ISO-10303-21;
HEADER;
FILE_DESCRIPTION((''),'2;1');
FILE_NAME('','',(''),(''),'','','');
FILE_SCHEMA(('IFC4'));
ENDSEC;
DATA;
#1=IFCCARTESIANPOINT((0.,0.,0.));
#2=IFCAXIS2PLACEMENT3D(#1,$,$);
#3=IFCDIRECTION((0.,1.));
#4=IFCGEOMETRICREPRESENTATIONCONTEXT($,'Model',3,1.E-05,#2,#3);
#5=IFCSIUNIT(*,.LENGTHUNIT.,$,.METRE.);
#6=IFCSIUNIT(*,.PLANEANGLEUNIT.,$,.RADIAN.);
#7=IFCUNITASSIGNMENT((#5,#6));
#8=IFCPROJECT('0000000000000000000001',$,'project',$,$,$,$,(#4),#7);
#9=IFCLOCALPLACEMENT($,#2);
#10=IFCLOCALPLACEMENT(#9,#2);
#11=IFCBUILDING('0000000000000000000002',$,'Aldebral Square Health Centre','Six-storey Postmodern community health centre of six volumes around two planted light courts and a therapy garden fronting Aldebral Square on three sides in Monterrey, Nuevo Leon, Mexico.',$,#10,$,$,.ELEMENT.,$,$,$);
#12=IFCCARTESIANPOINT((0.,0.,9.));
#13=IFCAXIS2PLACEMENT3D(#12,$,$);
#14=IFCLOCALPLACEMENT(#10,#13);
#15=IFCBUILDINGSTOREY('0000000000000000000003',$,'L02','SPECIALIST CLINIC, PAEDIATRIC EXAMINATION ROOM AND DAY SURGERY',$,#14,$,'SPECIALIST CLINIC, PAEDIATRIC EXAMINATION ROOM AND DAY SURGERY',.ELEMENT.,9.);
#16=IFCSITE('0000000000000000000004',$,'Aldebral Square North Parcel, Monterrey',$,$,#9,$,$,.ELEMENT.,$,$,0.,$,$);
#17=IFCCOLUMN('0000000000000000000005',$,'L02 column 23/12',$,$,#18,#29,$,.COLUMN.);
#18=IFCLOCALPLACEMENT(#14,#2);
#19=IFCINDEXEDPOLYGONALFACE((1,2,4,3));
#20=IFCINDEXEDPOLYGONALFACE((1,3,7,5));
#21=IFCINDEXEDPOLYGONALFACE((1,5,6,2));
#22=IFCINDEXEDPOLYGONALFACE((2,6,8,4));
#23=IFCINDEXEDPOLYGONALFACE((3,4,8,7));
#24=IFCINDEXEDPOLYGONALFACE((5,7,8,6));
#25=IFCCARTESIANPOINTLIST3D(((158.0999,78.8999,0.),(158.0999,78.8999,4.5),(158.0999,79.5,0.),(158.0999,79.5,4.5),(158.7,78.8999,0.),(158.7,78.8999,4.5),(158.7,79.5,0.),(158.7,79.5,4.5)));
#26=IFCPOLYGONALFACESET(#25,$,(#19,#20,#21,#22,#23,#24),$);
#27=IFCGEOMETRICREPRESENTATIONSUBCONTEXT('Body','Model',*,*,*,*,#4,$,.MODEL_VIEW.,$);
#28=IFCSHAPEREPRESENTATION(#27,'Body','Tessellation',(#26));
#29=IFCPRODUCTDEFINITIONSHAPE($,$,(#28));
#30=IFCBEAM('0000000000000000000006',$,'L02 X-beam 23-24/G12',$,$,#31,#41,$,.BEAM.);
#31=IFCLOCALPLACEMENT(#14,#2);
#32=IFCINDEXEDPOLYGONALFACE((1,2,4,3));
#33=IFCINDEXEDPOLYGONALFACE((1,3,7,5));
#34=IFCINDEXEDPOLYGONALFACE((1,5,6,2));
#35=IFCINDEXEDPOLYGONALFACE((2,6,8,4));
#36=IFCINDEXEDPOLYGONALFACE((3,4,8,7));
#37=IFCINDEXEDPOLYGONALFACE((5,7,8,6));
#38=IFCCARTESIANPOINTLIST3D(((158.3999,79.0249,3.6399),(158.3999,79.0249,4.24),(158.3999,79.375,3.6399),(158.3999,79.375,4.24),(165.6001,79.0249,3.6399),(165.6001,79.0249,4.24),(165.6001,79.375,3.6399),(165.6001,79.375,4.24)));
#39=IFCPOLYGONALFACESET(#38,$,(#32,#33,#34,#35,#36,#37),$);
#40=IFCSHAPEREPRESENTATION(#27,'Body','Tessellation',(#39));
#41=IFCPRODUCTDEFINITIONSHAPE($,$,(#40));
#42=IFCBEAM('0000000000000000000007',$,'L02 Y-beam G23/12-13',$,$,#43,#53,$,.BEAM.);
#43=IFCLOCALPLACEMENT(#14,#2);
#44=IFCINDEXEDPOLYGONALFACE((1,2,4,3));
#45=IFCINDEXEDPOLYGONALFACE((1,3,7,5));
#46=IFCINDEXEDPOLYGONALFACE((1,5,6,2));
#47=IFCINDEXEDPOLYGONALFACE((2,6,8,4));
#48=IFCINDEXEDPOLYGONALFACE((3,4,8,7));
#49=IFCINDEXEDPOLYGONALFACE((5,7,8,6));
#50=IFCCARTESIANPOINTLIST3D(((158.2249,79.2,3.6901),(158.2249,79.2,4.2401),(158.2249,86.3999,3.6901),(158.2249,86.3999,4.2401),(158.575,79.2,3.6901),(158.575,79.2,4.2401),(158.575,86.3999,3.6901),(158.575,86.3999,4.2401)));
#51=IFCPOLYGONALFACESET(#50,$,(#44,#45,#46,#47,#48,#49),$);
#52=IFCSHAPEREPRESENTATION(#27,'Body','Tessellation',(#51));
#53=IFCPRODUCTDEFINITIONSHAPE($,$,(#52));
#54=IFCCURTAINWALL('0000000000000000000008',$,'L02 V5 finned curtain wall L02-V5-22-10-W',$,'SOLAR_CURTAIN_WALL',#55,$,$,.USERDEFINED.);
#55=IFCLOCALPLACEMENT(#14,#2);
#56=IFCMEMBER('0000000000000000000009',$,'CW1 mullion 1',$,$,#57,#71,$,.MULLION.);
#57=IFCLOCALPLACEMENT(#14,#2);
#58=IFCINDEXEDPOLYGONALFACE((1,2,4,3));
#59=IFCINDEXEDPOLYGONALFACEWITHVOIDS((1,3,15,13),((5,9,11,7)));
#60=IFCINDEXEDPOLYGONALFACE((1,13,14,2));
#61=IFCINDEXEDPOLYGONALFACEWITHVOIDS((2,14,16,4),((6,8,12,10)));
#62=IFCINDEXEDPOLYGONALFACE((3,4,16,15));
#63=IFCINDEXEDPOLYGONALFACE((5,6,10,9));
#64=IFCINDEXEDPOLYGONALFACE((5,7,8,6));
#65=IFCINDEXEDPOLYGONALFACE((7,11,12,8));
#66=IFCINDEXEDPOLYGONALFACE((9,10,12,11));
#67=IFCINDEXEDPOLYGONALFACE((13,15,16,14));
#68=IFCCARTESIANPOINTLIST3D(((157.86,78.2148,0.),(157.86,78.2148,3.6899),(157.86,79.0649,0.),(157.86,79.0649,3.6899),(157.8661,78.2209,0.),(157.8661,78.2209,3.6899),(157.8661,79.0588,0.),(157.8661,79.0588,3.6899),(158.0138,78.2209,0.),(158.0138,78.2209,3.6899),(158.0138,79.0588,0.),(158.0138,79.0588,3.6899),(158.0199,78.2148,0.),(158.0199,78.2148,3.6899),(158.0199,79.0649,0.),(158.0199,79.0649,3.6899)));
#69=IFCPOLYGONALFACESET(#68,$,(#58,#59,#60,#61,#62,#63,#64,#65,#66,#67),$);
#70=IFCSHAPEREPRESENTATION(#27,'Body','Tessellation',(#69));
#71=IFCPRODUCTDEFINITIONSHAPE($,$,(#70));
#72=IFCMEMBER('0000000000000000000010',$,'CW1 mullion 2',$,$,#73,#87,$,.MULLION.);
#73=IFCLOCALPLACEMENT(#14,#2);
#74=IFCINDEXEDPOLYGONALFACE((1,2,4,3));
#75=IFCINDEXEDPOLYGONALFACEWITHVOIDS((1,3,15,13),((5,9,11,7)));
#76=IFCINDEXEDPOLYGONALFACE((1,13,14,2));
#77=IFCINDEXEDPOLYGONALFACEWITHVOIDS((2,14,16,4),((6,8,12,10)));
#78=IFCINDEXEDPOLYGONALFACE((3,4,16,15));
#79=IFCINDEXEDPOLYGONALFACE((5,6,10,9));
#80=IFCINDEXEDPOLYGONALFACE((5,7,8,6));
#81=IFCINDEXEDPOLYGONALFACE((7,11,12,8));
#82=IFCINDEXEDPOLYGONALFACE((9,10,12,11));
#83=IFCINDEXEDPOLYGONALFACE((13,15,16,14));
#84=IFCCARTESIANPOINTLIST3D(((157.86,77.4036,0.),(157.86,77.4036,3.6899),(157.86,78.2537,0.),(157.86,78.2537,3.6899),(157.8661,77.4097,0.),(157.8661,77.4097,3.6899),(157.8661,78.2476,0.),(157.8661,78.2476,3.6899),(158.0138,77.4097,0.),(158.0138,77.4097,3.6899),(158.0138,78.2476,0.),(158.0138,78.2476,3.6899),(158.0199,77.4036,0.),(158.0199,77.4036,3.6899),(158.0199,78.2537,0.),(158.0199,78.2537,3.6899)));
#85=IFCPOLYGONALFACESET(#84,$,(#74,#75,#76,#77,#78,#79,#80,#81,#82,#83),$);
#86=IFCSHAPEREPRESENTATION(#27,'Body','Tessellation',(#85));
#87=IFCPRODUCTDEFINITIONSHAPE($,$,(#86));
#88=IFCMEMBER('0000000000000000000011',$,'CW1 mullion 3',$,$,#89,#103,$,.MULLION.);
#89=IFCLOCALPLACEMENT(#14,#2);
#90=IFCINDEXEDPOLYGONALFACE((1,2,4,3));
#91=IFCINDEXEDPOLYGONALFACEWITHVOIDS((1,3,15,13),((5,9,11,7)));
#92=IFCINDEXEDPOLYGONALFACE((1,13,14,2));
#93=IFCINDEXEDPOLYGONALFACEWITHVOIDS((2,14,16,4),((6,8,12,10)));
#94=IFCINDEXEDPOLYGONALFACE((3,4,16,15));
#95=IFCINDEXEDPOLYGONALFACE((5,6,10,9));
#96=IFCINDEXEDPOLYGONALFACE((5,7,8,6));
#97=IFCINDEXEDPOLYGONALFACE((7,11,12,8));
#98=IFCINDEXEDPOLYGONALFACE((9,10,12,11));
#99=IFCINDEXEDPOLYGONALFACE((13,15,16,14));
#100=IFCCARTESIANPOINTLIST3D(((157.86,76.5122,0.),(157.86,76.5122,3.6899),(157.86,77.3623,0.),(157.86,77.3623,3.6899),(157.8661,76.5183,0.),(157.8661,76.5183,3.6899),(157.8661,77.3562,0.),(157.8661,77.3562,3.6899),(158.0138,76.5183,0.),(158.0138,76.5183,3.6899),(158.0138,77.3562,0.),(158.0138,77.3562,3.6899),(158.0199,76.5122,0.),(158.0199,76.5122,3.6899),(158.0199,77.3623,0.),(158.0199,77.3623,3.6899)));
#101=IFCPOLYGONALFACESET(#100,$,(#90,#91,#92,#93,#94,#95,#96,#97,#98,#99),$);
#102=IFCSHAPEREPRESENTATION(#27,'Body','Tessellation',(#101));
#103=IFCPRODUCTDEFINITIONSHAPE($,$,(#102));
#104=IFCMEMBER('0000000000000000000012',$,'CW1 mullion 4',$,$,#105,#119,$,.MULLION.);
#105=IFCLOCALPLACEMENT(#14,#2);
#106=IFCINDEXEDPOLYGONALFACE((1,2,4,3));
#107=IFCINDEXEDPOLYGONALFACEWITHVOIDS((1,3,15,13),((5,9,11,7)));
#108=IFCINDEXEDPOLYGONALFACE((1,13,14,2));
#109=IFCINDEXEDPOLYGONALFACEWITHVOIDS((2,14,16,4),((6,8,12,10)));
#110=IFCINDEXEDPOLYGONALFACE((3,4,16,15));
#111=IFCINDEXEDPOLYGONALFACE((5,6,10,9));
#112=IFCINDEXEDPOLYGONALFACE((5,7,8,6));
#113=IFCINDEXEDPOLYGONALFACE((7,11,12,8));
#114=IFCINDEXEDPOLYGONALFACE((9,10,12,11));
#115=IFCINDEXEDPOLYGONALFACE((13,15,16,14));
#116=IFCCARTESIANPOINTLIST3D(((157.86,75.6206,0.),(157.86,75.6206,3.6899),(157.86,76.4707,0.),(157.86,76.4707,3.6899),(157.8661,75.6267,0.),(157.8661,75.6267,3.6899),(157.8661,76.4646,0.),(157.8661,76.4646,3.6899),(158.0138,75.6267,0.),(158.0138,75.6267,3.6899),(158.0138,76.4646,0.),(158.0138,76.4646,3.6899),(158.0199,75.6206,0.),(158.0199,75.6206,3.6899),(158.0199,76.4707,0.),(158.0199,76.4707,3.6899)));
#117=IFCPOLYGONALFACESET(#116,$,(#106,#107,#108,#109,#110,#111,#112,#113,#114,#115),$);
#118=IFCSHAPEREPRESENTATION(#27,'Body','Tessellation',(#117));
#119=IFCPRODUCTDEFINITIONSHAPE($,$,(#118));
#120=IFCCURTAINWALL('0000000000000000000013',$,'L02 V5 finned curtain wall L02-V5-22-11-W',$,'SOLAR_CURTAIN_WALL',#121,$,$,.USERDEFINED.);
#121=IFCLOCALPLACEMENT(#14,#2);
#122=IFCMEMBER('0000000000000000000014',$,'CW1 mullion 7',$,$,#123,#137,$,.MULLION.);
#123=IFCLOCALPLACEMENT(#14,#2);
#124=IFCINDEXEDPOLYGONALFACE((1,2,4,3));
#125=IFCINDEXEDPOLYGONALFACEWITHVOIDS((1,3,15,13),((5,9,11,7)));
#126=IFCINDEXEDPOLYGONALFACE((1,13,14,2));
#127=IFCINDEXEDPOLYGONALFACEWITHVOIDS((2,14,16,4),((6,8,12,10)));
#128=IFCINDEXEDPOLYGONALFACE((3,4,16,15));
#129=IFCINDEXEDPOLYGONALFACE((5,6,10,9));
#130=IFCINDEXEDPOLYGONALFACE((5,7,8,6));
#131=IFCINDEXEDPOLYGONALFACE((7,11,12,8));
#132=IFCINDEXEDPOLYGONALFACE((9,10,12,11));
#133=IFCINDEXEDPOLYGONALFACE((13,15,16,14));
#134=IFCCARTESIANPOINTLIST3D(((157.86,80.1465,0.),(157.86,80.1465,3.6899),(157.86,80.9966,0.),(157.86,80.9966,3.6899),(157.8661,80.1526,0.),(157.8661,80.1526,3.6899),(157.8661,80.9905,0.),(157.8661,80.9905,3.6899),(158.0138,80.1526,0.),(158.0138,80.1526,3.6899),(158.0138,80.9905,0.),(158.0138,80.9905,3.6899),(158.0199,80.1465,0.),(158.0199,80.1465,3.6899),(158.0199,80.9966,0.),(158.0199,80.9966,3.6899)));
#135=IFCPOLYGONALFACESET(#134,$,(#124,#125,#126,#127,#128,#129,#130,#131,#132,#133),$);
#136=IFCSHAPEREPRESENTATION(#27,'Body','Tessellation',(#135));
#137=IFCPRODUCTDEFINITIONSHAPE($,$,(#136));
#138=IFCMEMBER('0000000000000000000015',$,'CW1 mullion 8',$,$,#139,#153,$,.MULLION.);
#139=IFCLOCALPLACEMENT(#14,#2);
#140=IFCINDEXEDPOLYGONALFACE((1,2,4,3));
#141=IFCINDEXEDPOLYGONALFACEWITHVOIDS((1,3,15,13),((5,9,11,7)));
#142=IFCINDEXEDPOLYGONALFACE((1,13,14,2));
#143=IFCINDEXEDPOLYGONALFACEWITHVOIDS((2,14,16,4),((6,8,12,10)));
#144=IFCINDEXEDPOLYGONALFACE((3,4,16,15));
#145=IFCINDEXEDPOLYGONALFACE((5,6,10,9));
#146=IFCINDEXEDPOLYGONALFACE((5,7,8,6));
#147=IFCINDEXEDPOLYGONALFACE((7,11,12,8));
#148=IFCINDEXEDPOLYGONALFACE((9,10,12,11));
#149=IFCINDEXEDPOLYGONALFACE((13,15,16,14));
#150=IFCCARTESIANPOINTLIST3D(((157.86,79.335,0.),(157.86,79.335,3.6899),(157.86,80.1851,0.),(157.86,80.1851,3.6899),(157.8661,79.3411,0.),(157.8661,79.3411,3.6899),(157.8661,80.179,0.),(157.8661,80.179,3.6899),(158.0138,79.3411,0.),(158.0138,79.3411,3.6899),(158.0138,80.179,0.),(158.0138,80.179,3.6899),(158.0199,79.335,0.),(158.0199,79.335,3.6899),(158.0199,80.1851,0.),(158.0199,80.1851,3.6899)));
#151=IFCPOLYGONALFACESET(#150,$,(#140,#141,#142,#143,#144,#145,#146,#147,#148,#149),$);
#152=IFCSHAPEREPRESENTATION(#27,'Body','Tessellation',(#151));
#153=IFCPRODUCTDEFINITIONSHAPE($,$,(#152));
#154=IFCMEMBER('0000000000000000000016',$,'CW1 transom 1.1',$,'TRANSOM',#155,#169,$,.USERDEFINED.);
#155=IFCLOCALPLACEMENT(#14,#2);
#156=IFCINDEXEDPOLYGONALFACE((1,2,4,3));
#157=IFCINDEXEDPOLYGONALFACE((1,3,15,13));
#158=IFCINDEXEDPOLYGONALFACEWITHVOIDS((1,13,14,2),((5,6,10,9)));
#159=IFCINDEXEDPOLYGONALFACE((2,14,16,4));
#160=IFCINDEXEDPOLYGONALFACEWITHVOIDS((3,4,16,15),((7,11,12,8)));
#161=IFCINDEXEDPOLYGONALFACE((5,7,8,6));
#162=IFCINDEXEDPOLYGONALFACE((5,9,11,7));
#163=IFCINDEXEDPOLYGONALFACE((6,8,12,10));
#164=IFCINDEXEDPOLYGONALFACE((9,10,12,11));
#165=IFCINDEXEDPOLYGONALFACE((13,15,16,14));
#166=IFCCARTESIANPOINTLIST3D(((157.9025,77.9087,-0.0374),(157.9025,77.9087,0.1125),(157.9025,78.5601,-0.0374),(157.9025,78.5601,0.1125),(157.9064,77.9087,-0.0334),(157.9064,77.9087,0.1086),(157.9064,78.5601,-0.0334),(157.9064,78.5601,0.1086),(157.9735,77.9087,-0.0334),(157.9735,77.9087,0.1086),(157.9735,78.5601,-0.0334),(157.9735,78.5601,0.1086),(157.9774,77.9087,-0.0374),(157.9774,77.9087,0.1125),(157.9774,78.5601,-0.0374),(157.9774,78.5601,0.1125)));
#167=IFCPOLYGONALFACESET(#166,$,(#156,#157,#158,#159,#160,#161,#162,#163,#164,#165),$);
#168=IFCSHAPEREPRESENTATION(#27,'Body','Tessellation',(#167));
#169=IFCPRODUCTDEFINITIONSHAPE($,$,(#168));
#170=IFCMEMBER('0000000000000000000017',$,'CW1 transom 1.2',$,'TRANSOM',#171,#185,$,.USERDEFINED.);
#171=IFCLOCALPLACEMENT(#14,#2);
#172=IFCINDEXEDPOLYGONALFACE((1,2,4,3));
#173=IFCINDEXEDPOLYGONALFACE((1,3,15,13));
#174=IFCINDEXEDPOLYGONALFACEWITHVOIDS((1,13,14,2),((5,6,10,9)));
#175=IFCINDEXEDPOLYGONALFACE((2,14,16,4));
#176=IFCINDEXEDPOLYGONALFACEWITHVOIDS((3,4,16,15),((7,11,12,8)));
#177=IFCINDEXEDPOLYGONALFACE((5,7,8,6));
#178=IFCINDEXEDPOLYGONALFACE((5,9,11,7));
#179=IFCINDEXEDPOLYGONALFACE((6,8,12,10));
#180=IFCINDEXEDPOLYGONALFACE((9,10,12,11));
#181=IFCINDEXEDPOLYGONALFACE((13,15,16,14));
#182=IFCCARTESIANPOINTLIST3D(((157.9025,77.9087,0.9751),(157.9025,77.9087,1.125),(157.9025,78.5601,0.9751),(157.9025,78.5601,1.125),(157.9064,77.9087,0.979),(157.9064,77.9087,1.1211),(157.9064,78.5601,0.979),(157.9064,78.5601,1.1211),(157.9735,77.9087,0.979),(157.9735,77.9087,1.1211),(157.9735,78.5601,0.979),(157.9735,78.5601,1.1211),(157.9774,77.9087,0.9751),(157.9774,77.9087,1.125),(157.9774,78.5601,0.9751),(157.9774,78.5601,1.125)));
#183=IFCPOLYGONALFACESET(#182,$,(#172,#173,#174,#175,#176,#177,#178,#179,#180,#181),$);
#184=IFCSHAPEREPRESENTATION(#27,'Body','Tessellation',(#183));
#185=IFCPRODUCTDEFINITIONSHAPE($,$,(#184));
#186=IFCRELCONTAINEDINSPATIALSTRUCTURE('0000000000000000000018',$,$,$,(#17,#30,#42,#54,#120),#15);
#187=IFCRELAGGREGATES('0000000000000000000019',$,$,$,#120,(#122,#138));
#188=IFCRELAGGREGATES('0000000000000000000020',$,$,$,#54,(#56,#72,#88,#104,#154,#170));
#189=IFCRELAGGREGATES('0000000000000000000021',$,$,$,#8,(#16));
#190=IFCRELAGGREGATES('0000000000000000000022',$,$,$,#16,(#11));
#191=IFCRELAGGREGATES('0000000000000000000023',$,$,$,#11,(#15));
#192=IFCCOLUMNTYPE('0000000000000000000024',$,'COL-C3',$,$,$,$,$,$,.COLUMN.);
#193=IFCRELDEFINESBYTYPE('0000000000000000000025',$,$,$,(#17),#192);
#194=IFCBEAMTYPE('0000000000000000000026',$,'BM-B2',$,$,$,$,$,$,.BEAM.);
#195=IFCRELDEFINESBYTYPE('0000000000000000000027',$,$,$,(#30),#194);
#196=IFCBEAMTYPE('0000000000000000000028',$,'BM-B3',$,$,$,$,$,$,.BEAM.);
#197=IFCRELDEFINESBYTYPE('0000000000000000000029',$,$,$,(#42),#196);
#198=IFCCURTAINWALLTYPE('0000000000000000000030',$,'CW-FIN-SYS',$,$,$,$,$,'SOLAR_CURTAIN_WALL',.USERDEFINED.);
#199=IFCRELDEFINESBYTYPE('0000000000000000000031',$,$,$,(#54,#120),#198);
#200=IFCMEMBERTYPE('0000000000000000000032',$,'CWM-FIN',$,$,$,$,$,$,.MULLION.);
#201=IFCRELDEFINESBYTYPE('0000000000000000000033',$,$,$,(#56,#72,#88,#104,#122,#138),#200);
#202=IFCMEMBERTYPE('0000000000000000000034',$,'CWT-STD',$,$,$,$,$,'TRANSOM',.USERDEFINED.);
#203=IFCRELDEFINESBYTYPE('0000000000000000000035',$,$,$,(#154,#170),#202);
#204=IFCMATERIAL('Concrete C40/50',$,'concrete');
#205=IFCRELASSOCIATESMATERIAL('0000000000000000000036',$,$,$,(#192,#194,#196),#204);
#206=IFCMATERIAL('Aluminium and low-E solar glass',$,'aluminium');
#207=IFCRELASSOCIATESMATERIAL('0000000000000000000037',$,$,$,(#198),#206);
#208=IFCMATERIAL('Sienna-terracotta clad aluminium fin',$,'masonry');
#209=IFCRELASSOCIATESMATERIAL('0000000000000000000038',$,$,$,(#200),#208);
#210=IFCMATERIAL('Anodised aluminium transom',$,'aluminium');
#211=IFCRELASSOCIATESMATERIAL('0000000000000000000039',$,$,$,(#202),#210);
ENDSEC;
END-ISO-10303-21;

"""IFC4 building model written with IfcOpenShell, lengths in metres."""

from ifc_helpers import new_model, si_unit, direction, frame, origin, origin_2d, place, context, subcontext, project, spatial, rectangle, hollow_rectangle, extrude, material, material_profile, profile_set, type_object, element, aggregate, save


model = new_model("IFC4")

# Units and contexts
model_context = context("Model", 3, precision=1e-05, world=origin(), true_north=direction((0.0, 1.0)))
body_context = subcontext(model_context, "Body", "Model", "MODEL_VIEW")
ifc_project = project(units=[si_unit("LENGTHUNIT", "METRE"), si_unit("PLANEANGLEUNIT", "RADIAN")], contexts=[model_context])

# Site, building, storey
site_placement = place(None, origin())
site = spatial("IfcSite", under=ifc_project, at=site_placement, Name="Aldebral Square North Parcel, Monterrey", CompositionType="ELEMENT", RefElevation=0.0)
building_placement = place(site_placement, origin())
building = spatial("IfcBuilding", under=site, at=building_placement, Name="Aldebral Square Health Centre", Description="Six-storey Postmodern community health centre of six volumes around two planted light courts and a therapy garden fronting Aldebral Square on three sides in Monterrey, Nuevo Leon, Mexico.", CompositionType="ELEMENT")
storey_placement = place(building_placement, frame((0.0, 0.0, 9.0)))
storey = spatial("IfcBuildingStorey", under=building, at=storey_placement, Name="L02", Description="SPECIALIST CLINIC, PAEDIATRIC EXAMINATION ROOM AND DAY SURGERY", LongName="SPECIALIST CLINIC, PAEDIATRIC EXAMINATION ROOM AND DAY SURGERY", CompositionType="ELEMENT", Elevation=9.0)

# Column
ifc_material_1 = material(Name="Concrete C40/50", Category="concrete")
ifc_material_profile_1 = material_profile(ifc_material_1, rectangle(XDim=0.6001, YDim=0.6001, at=origin_2d()), Name="RC 600x600")
ifc_profile_set_1 = profile_set([ifc_material_profile_1], Name="Concrete C40/50")
column_type = type_object("IfcColumnType", Name="COL-C3", PredefinedType="COLUMN", material=ifc_profile_set_1)
column_placement = place(storey_placement, frame((158.3999, 79.2, 0.0), z_axis=(0.0, 0.0, 1.0), x_axis=(1.0, 0.0, 0.0)))
element("IfcColumn", 1, at=column_placement, inside=storey, type_object=column_type, Name="L02 column 23/12", PredefinedType="COLUMN", context=body_context, shape_type="SweptSolid", body=[
    extrude(rectangle(XDim=0.6001, YDim=0.6001, at=origin_2d()), origin(), (0.0, 0.0, 1.0), 4.5),
])

# Beams
ifc_material_profile_2 = material_profile(ifc_material_1, rectangle(XDim=0.3501, YDim=0.6001, at=origin_2d()), Name="RC 350x600")
ifc_profile_set_2 = profile_set([ifc_material_profile_2], Name="Concrete C40/50")
beam_type_1 = type_object("IfcBeamType", Name="BM-B2", PredefinedType="BEAM", material=ifc_profile_set_2)
beam_1_placement = place(storey_placement, frame((158.3999, 79.2, 3.9399), z_axis=(1.0, 0.0, 0.0), x_axis=(0.0, 1.0, 0.0)))
element("IfcBeam", 2, at=beam_1_placement, inside=storey, type_object=beam_type_1, Name="L02 X-beam 23-24/G12", PredefinedType="BEAM", context=body_context, shape_type="SweptSolid", body=[
    extrude(rectangle(XDim=0.3501, YDim=0.6001, at=origin_2d()), origin(), (0.0, 0.0, 1.0), 7.2002),
])
ifc_material_profile_3 = material_profile(ifc_material_1, rectangle(XDim=0.3501, YDim=0.55, at=origin_2d()), Name="RC 350x550")
ifc_profile_set_3 = profile_set([ifc_material_profile_3], Name="Concrete C40/50")
beam_type_2 = type_object("IfcBeamType", Name="BM-B3", PredefinedType="BEAM", material=ifc_profile_set_3)
beam_2_placement = place(storey_placement, frame((158.3999, 79.2, 3.9651), z_axis=(0.0, 1.0, 0.0), x_axis=(-1.0, 0.0, 0.0)))
element("IfcBeam", 3, at=beam_2_placement, inside=storey, type_object=beam_type_2, Name="L02 Y-beam G23/12-13", PredefinedType="BEAM", context=body_context, shape_type="SweptSolid", body=[
    extrude(rectangle(XDim=0.3501, YDim=0.55, at=origin_2d()), origin(), (0.0, 0.0, 1.0), 7.2),
])

# Curtain walls, members
ifc_material_2 = material(Name="Aluminium and low-E solar glass", Category="aluminium")
curtain_wall_type = type_object("IfcCurtainWallType", Name="CW-FIN-SYS", ElementType="SOLAR_CURTAIN_WALL", PredefinedType="USERDEFINED", material=ifc_material_2)
curtain_wall_1_placement = place(storey_placement, origin())
curtain_wall_1 = element("IfcCurtainWall", 4, at=curtain_wall_1_placement, inside=storey, type_object=curtain_wall_type, Name="L02 V5 finned curtain wall L02-V5-22-10-W", ObjectType="SOLAR_CURTAIN_WALL", PredefinedType="USERDEFINED")
ifc_material_3 = material(Name="Sienna-terracotta clad aluminium fin", Category="masonry")
ifc_material_profile_4 = material_profile(ifc_material_3, hollow_rectangle(XDim=0.1599, YDim=0.8501, WallThickness=0.0061, at=origin_2d()), Name="FIN 160x850x6")
ifc_profile_set_4 = profile_set([ifc_material_profile_4], Name="Sienna-terracotta clad aluminium fin")
member_type_1 = type_object("IfcMemberType", Name="CWM-FIN", PredefinedType="MULLION", material=ifc_profile_set_4)
member_1_placement = place(storey_placement, frame((157.9399, 78.6399, 0.0), z_axis=(0.0, 0.0, 1.0), x_axis=(1.0, 0.0, 0.0)))
member_1 = element("IfcMember", 5, at=member_1_placement, type_object=member_type_1, Name="CW1 mullion 1", PredefinedType="MULLION", context=body_context, shape_type="SweptSolid", body=[
    extrude(hollow_rectangle(XDim=0.1599, YDim=0.8501, WallThickness=0.0061, at=origin_2d()), origin(), (0.0, 0.0, 1.0), 3.6899),
])
member_2_placement = place(storey_placement, frame((157.9399, 77.8286, 0.0), z_axis=(0.0, 0.0, 1.0), x_axis=(1.0, 0.0, 0.0)))
member_2 = element("IfcMember", 6, at=member_2_placement, type_object=member_type_1, Name="CW1 mullion 2", PredefinedType="MULLION", context=body_context, shape_type="SweptSolid", body=[
    extrude(hollow_rectangle(XDim=0.1599, YDim=0.8501, WallThickness=0.0061, at=origin_2d()), origin(), (0.0, 0.0, 1.0), 3.6899),
])
member_3_placement = place(storey_placement, frame((157.9399, 76.9373, 0.0), z_axis=(0.0, 0.0, 1.0), x_axis=(1.0, 0.0, 0.0)))
member_3 = element("IfcMember", 7, at=member_3_placement, type_object=member_type_1, Name="CW1 mullion 3", PredefinedType="MULLION", context=body_context, shape_type="SweptSolid", body=[
    extrude(hollow_rectangle(XDim=0.1599, YDim=0.8501, WallThickness=0.0061, at=origin_2d()), origin(), (0.0, 0.0, 1.0), 3.6899),
])
member_4_placement = place(storey_placement, frame((157.9399, 76.0457, 0.0), z_axis=(0.0, 0.0, 1.0), x_axis=(1.0, 0.0, 0.0)))
member_4 = element("IfcMember", 8, at=member_4_placement, type_object=member_type_1, Name="CW1 mullion 4", PredefinedType="MULLION", context=body_context, shape_type="SweptSolid", body=[
    extrude(hollow_rectangle(XDim=0.1599, YDim=0.8501, WallThickness=0.0061, at=origin_2d()), origin(), (0.0, 0.0, 1.0), 3.6899),
])
curtain_wall_2_placement = place(storey_placement, origin())
curtain_wall_2 = element("IfcCurtainWall", 9, at=curtain_wall_2_placement, inside=storey, type_object=curtain_wall_type, Name="L02 V5 finned curtain wall L02-V5-22-11-W", ObjectType="SOLAR_CURTAIN_WALL", PredefinedType="USERDEFINED")
member_5_placement = place(storey_placement, frame((157.9399, 80.5715, 0.0), z_axis=(0.0, 0.0, 1.0), x_axis=(1.0, 0.0, 0.0)))
member_5 = element("IfcMember", 10, at=member_5_placement, type_object=member_type_1, Name="CW1 mullion 7", PredefinedType="MULLION", context=body_context, shape_type="SweptSolid", body=[
    extrude(hollow_rectangle(XDim=0.1599, YDim=0.8501, WallThickness=0.0061, at=origin_2d()), origin(), (0.0, 0.0, 1.0), 3.6899),
])
member_6_placement = place(storey_placement, frame((157.9399, 79.76, 0.0), z_axis=(0.0, 0.0, 1.0), x_axis=(1.0, 0.0, 0.0)))
member_6 = element("IfcMember", 11, at=member_6_placement, type_object=member_type_1, Name="CW1 mullion 8", PredefinedType="MULLION", context=body_context, shape_type="SweptSolid", body=[
    extrude(hollow_rectangle(XDim=0.1599, YDim=0.8501, WallThickness=0.0061, at=origin_2d()), origin(), (0.0, 0.0, 1.0), 3.6899),
])

# Members
ifc_material_4 = material(Name="Anodised aluminium transom", Category="aluminium")
ifc_material_profile_5 = material_profile(ifc_material_4, hollow_rectangle(XDim=0.075, YDim=0.1499, WallThickness=0.0039, at=origin_2d()), Name="CWT 75x150x4")
ifc_profile_set_5 = profile_set([ifc_material_profile_5], Name="Anodised aluminium transom")
member_type_2 = type_object("IfcMemberType", Name="CWT-STD", ElementType="TRANSOM", PredefinedType="USERDEFINED", material=ifc_profile_set_5)
member_7_placement = place(storey_placement, frame((157.9399, 78.5601, 0.0376), z_axis=(0.0, -1.0, 0.0), x_axis=(1.0, 0.0, 0.0)))
member_7 = element("IfcMember", 12, at=member_7_placement, type_object=member_type_2, Name="CW1 transom 1.1", ObjectType="TRANSOM", PredefinedType="USERDEFINED", context=body_context, shape_type="SweptSolid", body=[
    extrude(hollow_rectangle(XDim=0.075, YDim=0.1499, WallThickness=0.0039, at=origin_2d()), origin(), (0.0, 0.0, 1.0), 0.6514),
])
member_8_placement = place(storey_placement, frame((157.9399, 78.5601, 1.05), z_axis=(0.0, -1.0, 0.0), x_axis=(1.0, 0.0, 0.0)))
member_8 = element("IfcMember", 13, at=member_8_placement, type_object=member_type_2, Name="CW1 transom 1.2", ObjectType="TRANSOM", PredefinedType="USERDEFINED", context=body_context, shape_type="SweptSolid", body=[
    extrude(hollow_rectangle(XDim=0.075, YDim=0.1499, WallThickness=0.0039, at=origin_2d()), origin(), (0.0, 0.0, 1.0), 0.6514),
])

aggregate(curtain_wall_2, [member_5, member_6])
aggregate(curtain_wall_1, [member_1, member_2, member_3, member_4, member_7, member_8])

save(model, "model.ifc")
